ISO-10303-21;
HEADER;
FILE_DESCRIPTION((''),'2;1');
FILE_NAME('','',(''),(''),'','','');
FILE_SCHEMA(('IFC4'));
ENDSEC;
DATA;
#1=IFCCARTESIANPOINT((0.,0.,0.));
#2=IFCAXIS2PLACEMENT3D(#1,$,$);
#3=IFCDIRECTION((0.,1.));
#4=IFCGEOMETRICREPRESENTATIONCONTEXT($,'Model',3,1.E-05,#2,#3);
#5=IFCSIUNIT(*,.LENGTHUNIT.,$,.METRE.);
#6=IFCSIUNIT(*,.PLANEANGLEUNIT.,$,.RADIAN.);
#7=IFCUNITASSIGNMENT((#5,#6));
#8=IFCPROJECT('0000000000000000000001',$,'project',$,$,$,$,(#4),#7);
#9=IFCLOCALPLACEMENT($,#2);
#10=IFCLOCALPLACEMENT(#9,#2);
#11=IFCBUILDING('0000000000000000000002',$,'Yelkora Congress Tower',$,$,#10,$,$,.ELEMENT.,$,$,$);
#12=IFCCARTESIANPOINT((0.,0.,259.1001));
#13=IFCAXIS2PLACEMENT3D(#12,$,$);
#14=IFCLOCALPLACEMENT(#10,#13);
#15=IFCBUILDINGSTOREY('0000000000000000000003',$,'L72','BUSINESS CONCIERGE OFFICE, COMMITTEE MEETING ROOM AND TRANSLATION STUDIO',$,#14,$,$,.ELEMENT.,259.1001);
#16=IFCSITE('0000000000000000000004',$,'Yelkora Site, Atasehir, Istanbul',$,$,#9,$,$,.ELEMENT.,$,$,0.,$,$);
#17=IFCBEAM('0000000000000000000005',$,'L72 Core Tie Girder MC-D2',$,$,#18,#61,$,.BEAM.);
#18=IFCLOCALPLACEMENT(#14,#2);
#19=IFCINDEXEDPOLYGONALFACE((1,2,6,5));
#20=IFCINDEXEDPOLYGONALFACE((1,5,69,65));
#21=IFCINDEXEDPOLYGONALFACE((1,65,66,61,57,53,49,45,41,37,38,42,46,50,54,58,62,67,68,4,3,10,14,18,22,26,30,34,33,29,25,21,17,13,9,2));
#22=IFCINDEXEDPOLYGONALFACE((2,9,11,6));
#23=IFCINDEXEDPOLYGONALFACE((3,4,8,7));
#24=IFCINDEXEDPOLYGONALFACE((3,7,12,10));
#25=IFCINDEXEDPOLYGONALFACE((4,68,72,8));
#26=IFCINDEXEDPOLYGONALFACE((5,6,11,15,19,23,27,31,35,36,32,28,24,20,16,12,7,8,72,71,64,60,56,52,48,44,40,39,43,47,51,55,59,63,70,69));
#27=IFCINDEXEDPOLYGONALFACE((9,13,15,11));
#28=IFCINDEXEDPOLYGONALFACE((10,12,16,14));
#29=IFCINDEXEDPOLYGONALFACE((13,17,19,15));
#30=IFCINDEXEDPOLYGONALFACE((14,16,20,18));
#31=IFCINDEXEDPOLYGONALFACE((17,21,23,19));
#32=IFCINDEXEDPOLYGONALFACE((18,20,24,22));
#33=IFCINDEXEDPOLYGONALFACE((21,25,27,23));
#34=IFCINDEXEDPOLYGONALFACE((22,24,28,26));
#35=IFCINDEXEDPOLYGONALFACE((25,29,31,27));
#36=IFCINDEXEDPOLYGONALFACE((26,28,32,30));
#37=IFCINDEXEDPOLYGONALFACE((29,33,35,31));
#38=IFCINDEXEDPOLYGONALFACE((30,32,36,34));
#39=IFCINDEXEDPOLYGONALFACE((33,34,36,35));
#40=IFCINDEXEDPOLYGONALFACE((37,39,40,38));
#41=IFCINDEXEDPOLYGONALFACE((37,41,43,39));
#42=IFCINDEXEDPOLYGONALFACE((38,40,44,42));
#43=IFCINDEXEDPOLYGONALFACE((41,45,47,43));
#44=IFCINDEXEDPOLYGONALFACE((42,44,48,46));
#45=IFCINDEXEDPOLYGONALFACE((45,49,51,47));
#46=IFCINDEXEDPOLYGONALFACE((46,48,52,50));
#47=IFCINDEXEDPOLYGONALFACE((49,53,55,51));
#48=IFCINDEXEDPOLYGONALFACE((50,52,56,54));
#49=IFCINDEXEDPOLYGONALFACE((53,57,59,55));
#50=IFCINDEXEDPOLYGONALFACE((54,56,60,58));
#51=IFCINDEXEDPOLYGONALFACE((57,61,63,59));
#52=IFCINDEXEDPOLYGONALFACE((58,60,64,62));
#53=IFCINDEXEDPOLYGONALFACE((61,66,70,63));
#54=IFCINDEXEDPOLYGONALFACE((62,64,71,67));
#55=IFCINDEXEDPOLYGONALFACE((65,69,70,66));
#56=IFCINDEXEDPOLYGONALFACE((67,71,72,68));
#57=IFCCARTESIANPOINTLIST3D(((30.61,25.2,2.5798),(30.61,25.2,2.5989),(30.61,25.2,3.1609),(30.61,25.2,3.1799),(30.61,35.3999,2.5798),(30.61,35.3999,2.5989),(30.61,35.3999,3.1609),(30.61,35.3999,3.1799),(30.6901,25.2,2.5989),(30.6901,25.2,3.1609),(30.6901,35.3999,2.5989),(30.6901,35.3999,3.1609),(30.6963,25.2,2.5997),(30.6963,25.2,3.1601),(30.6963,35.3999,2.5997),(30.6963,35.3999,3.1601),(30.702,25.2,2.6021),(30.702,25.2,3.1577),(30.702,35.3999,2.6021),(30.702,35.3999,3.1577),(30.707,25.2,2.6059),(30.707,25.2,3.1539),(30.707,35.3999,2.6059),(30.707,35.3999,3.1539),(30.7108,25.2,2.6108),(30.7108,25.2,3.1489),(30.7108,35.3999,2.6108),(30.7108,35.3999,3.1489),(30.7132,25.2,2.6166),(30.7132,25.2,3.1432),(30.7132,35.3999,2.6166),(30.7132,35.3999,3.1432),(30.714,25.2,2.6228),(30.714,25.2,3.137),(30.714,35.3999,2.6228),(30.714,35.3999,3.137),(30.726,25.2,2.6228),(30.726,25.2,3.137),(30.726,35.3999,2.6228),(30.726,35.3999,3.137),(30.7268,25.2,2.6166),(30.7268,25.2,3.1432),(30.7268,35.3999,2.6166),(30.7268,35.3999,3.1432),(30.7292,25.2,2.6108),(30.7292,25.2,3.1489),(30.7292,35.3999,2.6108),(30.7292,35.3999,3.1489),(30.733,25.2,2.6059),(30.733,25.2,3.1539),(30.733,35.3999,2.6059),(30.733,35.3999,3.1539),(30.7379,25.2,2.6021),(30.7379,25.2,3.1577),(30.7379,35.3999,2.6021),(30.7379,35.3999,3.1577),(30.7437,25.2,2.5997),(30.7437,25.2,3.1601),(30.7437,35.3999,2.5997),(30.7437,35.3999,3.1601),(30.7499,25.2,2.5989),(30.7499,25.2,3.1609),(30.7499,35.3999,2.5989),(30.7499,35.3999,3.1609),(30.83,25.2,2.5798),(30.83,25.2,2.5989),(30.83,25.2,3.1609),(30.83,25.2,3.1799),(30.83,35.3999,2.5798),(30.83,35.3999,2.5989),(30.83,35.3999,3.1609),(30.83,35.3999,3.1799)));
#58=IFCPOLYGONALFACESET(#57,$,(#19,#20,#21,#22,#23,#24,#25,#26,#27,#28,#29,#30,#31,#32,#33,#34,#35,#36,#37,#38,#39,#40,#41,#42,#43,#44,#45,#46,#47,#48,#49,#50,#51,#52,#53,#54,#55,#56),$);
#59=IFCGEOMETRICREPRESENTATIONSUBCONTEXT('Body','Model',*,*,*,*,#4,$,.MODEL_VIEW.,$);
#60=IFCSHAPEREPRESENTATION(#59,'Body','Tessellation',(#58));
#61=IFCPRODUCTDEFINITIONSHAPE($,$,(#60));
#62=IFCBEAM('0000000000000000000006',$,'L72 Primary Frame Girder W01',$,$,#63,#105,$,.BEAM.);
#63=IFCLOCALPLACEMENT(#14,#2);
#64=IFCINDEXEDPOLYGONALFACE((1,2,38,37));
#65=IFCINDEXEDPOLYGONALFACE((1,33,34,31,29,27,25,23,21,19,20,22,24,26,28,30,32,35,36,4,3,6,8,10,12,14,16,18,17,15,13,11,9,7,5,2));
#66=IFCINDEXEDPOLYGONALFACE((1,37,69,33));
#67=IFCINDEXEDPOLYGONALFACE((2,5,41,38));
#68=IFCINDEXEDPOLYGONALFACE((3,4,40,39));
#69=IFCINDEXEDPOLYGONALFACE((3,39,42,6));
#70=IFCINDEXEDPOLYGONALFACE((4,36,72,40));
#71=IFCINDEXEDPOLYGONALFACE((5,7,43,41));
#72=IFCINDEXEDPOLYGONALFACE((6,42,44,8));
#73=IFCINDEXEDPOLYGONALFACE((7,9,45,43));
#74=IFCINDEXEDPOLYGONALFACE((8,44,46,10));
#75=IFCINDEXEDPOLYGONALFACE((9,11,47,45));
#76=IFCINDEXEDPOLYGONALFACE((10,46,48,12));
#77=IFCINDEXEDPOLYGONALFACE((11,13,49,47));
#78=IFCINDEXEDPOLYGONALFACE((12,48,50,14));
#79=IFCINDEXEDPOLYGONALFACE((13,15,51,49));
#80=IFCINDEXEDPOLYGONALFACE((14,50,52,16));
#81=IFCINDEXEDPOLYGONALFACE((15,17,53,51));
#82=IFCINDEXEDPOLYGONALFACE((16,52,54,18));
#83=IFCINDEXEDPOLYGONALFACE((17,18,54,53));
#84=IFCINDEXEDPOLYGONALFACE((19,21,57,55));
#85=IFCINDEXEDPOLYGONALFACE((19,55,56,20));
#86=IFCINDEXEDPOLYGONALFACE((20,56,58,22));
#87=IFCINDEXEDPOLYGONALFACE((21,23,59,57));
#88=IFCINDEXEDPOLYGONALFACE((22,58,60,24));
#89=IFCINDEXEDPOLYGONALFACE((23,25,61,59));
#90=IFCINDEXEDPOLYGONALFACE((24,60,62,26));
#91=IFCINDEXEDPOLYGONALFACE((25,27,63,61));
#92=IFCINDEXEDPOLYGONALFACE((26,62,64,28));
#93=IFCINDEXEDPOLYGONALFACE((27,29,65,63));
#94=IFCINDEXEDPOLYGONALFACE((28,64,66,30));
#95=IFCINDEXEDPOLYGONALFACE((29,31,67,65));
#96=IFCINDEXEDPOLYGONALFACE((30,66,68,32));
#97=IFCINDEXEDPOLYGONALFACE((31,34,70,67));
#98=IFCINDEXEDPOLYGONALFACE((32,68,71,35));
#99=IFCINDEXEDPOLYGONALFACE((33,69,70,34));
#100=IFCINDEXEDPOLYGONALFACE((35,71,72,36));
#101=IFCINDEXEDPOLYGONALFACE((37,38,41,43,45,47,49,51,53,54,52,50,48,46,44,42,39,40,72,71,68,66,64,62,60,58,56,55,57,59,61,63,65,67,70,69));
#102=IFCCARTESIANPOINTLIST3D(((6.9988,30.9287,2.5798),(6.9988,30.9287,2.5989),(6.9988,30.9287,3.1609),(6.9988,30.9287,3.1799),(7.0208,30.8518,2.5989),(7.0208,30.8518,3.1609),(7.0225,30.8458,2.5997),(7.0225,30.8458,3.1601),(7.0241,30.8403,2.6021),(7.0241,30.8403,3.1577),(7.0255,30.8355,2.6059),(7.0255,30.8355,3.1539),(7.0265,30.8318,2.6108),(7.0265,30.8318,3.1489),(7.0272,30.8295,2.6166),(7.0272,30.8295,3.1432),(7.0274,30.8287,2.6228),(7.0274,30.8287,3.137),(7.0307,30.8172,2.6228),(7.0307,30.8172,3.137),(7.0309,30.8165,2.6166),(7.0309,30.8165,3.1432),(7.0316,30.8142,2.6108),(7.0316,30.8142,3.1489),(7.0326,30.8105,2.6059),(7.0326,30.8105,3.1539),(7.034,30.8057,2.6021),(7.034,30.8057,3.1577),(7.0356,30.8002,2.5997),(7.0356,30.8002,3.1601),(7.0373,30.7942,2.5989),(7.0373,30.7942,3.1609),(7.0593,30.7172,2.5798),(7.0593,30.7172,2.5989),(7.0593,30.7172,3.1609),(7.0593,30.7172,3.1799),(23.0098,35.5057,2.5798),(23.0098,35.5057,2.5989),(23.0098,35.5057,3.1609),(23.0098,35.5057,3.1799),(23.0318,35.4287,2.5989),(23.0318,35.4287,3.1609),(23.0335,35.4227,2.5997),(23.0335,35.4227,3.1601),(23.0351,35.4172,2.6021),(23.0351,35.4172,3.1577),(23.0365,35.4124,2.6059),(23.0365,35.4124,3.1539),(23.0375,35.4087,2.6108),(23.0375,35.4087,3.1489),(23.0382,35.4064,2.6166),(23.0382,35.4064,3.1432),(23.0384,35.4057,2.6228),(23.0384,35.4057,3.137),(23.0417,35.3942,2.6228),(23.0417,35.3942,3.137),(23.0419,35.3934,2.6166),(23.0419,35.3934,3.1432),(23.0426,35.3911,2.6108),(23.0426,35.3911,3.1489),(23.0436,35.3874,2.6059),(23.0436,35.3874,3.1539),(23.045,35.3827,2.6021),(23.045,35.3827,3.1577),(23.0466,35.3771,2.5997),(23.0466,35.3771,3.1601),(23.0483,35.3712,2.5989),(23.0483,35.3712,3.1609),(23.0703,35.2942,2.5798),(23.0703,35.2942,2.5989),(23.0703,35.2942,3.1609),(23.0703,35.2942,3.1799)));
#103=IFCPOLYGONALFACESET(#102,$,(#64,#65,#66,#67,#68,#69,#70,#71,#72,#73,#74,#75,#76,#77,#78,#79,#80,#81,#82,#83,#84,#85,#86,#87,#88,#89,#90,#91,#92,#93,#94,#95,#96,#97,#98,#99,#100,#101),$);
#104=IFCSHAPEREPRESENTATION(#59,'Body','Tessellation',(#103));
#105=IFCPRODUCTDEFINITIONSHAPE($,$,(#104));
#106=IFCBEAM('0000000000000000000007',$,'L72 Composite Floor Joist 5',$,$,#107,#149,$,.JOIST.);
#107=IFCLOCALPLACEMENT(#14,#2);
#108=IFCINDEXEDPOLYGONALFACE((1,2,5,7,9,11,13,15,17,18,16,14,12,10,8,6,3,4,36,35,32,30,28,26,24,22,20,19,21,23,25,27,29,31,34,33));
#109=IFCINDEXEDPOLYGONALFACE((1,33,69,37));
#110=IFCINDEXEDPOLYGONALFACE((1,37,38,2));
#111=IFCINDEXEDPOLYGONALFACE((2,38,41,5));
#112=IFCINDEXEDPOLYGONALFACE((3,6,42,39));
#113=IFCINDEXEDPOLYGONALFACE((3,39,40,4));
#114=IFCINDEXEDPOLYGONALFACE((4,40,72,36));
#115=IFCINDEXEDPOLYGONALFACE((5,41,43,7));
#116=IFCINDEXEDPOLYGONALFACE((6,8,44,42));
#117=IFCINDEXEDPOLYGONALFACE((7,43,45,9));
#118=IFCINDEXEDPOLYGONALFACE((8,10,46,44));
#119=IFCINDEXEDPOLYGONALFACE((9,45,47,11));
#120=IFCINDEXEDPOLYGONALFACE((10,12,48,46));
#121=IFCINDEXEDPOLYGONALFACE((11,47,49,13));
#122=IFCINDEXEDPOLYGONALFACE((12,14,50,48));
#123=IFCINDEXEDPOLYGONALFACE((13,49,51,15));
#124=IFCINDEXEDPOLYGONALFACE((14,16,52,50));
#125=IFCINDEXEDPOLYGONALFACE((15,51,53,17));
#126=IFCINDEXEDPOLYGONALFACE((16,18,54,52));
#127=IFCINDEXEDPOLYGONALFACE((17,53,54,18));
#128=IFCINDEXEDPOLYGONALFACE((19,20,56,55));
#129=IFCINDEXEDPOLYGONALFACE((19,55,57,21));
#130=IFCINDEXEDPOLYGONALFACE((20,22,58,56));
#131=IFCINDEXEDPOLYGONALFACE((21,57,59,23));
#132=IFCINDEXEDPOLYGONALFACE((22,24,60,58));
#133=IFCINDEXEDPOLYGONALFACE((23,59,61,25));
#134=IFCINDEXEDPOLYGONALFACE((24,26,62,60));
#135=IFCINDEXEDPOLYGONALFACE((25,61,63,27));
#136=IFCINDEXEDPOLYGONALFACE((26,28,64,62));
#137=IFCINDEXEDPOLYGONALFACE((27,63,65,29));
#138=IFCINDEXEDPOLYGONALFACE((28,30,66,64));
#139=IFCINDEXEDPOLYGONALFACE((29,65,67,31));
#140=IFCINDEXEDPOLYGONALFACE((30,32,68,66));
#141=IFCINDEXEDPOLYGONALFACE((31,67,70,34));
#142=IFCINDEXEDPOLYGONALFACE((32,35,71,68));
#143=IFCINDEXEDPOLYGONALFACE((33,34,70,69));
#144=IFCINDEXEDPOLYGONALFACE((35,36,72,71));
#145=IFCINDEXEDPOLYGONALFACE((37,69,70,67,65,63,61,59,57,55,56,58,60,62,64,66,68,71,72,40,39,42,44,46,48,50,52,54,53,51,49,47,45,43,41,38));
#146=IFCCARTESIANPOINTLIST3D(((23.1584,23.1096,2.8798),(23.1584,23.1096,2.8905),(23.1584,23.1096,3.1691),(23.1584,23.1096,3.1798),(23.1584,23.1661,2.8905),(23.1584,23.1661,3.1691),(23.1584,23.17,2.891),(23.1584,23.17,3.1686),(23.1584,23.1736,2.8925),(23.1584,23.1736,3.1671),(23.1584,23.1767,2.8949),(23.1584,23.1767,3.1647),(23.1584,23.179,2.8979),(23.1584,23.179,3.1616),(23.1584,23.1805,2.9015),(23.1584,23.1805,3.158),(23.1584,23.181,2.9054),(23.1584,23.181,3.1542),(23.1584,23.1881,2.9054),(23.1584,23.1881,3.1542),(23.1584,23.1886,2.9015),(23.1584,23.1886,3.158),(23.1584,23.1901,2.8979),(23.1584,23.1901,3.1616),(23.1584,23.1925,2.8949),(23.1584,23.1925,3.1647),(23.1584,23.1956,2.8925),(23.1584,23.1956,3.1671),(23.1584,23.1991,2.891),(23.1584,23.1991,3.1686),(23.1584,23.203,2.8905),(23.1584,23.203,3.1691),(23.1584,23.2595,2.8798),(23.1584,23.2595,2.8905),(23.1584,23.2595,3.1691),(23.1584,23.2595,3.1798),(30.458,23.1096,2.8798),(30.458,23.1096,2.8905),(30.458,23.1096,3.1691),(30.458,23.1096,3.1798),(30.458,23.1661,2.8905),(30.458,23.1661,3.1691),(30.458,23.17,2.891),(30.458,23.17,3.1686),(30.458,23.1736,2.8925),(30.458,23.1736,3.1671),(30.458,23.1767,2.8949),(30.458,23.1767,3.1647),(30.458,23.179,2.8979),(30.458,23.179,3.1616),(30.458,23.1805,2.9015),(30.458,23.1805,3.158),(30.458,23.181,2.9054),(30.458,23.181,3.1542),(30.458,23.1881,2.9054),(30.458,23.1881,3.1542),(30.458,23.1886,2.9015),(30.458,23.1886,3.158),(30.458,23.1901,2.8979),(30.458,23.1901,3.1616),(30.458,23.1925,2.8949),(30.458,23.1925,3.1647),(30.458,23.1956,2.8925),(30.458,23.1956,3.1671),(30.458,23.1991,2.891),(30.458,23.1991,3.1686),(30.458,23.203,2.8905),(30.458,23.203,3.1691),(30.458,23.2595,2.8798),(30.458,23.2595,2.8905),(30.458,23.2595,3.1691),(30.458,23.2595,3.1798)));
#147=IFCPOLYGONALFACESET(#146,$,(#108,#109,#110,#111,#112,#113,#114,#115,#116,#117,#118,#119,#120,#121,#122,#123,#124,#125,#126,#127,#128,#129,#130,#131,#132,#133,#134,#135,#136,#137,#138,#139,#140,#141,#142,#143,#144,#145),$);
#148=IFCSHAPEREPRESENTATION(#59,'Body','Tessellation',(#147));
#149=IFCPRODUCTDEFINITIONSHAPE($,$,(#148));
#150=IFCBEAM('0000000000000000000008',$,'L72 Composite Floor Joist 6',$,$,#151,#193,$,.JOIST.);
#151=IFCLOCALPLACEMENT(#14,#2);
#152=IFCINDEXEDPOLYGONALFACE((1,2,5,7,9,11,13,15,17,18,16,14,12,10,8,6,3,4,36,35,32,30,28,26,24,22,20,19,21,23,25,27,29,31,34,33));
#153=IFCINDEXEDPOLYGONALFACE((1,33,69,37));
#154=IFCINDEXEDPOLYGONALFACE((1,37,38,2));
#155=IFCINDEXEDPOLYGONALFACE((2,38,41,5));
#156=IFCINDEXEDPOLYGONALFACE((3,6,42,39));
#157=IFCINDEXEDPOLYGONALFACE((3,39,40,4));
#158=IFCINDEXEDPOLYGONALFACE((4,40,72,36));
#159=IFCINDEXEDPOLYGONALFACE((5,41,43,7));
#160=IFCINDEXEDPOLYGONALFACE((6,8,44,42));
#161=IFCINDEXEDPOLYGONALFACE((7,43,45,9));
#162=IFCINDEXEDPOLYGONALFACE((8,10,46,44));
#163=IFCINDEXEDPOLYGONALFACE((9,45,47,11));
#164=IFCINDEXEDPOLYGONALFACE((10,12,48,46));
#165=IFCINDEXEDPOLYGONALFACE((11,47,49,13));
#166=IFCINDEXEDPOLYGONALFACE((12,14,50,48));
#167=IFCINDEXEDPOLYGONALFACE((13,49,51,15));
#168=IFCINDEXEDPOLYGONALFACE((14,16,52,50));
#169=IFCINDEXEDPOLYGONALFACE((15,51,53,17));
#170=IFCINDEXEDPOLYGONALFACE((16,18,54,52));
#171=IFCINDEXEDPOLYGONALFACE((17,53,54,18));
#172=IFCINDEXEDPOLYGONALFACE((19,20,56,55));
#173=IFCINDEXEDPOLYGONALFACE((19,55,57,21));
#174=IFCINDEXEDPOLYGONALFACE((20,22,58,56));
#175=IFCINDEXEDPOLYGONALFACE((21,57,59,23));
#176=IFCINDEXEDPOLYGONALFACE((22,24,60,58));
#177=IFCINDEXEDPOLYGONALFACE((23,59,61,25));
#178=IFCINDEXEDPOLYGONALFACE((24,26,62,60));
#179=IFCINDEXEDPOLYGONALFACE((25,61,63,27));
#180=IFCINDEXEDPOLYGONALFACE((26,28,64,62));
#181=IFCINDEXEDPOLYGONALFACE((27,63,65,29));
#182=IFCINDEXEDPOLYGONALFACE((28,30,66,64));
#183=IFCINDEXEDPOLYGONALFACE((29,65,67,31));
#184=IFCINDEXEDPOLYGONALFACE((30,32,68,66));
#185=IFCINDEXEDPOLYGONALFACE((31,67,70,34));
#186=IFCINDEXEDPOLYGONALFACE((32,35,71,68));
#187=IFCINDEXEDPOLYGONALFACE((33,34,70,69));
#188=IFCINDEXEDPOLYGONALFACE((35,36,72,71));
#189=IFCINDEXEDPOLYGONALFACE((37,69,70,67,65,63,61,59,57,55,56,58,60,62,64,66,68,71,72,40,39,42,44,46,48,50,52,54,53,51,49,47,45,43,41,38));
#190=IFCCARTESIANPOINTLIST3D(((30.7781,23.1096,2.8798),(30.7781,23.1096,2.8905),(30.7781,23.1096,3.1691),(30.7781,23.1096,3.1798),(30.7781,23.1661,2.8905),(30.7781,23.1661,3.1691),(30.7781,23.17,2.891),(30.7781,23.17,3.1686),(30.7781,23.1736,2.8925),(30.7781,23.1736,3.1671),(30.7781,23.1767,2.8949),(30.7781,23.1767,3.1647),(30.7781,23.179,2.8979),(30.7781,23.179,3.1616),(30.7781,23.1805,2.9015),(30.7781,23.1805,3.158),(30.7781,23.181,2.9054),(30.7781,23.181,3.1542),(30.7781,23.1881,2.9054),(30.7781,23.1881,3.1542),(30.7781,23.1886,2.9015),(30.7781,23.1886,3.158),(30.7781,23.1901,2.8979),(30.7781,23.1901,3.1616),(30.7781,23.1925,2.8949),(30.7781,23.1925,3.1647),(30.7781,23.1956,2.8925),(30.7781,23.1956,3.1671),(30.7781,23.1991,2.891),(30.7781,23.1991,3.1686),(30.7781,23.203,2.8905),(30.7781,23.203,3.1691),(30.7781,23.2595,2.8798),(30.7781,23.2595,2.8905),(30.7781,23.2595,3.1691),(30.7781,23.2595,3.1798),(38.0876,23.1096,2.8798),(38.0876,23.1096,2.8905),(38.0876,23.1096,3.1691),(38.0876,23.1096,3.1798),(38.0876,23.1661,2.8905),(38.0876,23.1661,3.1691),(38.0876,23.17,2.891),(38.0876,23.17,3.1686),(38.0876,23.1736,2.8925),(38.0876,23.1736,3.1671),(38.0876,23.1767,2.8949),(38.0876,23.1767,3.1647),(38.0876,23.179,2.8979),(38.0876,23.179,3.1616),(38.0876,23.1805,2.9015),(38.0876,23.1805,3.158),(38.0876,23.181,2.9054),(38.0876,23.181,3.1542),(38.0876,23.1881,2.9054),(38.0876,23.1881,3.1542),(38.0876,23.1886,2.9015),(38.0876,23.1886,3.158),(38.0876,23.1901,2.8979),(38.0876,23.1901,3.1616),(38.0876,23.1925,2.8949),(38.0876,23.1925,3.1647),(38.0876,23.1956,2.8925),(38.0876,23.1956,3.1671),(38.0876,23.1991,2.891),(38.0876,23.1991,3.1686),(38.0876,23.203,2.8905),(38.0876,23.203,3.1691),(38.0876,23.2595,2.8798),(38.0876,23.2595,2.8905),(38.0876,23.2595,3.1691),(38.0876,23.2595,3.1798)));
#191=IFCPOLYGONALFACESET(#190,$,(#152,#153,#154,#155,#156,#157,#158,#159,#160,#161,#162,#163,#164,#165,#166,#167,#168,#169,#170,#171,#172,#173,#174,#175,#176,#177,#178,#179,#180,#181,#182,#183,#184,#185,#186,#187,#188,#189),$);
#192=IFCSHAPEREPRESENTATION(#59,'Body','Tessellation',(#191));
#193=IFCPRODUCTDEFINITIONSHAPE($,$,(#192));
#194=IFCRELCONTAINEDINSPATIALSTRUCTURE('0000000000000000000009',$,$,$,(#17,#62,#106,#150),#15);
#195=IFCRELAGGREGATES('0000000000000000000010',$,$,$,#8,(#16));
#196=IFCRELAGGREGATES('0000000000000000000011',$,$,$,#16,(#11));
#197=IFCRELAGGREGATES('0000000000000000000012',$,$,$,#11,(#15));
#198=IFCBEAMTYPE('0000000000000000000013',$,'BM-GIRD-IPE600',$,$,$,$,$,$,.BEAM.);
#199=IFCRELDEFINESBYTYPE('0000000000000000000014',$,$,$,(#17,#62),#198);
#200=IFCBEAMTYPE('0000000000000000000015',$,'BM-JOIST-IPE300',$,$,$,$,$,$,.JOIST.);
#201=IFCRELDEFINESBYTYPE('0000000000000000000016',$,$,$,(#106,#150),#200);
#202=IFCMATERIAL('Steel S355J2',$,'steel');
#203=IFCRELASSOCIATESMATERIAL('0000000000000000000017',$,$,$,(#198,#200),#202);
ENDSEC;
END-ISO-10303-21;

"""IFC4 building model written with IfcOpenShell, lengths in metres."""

from ifc_helpers import new_model, si_unit, direction, frame, origin, origin_2d, place, context, subcontext, project, spatial, i_section, extrude, material, material_profile, profile_set, type_object, element, save


model = new_model("IFC4")

# Units and contexts
model_context = context("Model", 3, precision=1e-05, world=origin(), true_north=direction((0.0, 1.0)))
body_context = subcontext(model_context, "Body", "Model", "MODEL_VIEW")
ifc_project = project(units=[si_unit("LENGTHUNIT", "METRE"), si_unit("PLANEANGLEUNIT", "RADIAN")], contexts=[model_context])

# Site, building, storey
site_placement = place(None, origin())
site = spatial("IfcSite", under=ifc_project, at=site_placement, Name="Yelkora Site, Atasehir, Istanbul", CompositionType="ELEMENT", RefElevation=0.0)
building_placement = place(site_placement, origin())
building = spatial("IfcBuilding", under=site, at=building_placement, Name="Yelkora Congress Tower", CompositionType="ELEMENT")
storey_placement = place(building_placement, frame((0.0, 0.0, 259.1001)))
storey = spatial("IfcBuildingStorey", under=building, at=storey_placement, Name="L72", Description="BUSINESS CONCIERGE OFFICE, COMMITTEE MEETING ROOM AND TRANSLATION STUDIO", CompositionType="ELEMENT", Elevation=259.1001)

# Beams
ifc_material_1 = material(Name="Steel S355J2", Category="steel")
ifc_material_profile_1 = material_profile(ifc_material_1, i_section(OverallWidth=0.22, OverallDepth=0.6001, WebThickness=0.012, FlangeThickness=0.019, FilletRadius=0.0239, at=origin_2d()), Name="IPE 600")
ifc_profile_set_1 = profile_set([ifc_material_profile_1], Name="Steel S355J2")
beam_type_1 = type_object("IfcBeamType", Name="BM-GIRD-IPE600", PredefinedType="BEAM", material=ifc_profile_set_1)
for number, where, z_axis, x_axis, name in (
    (1, (30.72, 25.2, 2.8799), (0.0, 1.0, 0.0), (-1.0, 0.0, 0.0), "L72 Core Tie Girder MC-D2"),
):
    element("IfcBeam", number, at=place(storey_placement, frame(where, z_axis=z_axis, x_axis=x_axis)), inside=storey, type_object=beam_type_1, Name=name, PredefinedType="BEAM", context=body_context, shape_type="SweptSolid", body=[
        extrude(i_section(OverallWidth=0.22, OverallDepth=0.6001, WebThickness=0.012, FlangeThickness=0.019, FilletRadius=0.0239, at=origin_2d()), origin(), (0.0, 0.0, 1.0), 10.2),
    ])
beam_1_placement = place(storey_placement, frame((7.0291, 30.823, 2.8799), z_axis=(0.961487, 0.274851, 0.0), x_axis=(-0.274851, 0.961487, 0.0)))
element("IfcBeam", 2, at=beam_1_placement, inside=storey, type_object=beam_type_1, Name="L72 Primary Frame Girder W01", PredefinedType="BEAM", context=body_context, shape_type="SweptSolid", body=[
    extrude(i_section(OverallWidth=0.22, OverallDepth=0.6001, WebThickness=0.012, FlangeThickness=0.019, FilletRadius=0.0239, at=origin_2d()), origin(), (0.0, 0.0, 1.0), 16.6523),
])
ifc_material_profile_2 = material_profile(ifc_material_1, i_section(OverallWidth=0.1499, OverallDepth=0.3, WebThickness=0.0071, FlangeThickness=0.0107, FilletRadius=0.0149, at=origin_2d()), Name="IPE 300")
ifc_profile_set_2 = profile_set([ifc_material_profile_2], Name="Steel S355J2")
beam_type_2 = type_object("IfcBeamType", Name="BM-JOIST-IPE300", PredefinedType="JOIST", material=ifc_profile_set_2)
beam_2_placement = place(storey_placement, frame((23.1584, 23.1846, 3.0298), z_axis=(1.0, 0.0, 0.0), x_axis=(0.0, 1.0, 0.0)))
element("IfcBeam", 3, at=beam_2_placement, inside=storey, type_object=beam_type_2, Name="L72 Composite Floor Joist 5", PredefinedType="JOIST", context=body_context, shape_type="SweptSolid", body=[
    extrude(i_section(OverallWidth=0.1499, OverallDepth=0.3, WebThickness=0.0071, FlangeThickness=0.0107, FilletRadius=0.0149, at=origin_2d()), origin(), (0.0, 0.0, 1.0), 7.2996),
])
beam_3_placement = place(storey_placement, frame((30.7781, 23.1846, 3.0298), z_axis=(1.0, 0.0, 0.0), x_axis=(0.0, 1.0, 0.0)))
element("IfcBeam", 4, at=beam_3_placement, inside=storey, type_object=beam_type_2, Name="L72 Composite Floor Joist 6", PredefinedType="JOIST", context=body_context, shape_type="SweptSolid", body=[
    extrude(i_section(OverallWidth=0.1499, OverallDepth=0.3, WebThickness=0.0071, FlangeThickness=0.0107, FilletRadius=0.0149, at=origin_2d()), origin(), (0.0, 0.0, 1.0), 7.3096),
])

save(model, "model.ifc")
